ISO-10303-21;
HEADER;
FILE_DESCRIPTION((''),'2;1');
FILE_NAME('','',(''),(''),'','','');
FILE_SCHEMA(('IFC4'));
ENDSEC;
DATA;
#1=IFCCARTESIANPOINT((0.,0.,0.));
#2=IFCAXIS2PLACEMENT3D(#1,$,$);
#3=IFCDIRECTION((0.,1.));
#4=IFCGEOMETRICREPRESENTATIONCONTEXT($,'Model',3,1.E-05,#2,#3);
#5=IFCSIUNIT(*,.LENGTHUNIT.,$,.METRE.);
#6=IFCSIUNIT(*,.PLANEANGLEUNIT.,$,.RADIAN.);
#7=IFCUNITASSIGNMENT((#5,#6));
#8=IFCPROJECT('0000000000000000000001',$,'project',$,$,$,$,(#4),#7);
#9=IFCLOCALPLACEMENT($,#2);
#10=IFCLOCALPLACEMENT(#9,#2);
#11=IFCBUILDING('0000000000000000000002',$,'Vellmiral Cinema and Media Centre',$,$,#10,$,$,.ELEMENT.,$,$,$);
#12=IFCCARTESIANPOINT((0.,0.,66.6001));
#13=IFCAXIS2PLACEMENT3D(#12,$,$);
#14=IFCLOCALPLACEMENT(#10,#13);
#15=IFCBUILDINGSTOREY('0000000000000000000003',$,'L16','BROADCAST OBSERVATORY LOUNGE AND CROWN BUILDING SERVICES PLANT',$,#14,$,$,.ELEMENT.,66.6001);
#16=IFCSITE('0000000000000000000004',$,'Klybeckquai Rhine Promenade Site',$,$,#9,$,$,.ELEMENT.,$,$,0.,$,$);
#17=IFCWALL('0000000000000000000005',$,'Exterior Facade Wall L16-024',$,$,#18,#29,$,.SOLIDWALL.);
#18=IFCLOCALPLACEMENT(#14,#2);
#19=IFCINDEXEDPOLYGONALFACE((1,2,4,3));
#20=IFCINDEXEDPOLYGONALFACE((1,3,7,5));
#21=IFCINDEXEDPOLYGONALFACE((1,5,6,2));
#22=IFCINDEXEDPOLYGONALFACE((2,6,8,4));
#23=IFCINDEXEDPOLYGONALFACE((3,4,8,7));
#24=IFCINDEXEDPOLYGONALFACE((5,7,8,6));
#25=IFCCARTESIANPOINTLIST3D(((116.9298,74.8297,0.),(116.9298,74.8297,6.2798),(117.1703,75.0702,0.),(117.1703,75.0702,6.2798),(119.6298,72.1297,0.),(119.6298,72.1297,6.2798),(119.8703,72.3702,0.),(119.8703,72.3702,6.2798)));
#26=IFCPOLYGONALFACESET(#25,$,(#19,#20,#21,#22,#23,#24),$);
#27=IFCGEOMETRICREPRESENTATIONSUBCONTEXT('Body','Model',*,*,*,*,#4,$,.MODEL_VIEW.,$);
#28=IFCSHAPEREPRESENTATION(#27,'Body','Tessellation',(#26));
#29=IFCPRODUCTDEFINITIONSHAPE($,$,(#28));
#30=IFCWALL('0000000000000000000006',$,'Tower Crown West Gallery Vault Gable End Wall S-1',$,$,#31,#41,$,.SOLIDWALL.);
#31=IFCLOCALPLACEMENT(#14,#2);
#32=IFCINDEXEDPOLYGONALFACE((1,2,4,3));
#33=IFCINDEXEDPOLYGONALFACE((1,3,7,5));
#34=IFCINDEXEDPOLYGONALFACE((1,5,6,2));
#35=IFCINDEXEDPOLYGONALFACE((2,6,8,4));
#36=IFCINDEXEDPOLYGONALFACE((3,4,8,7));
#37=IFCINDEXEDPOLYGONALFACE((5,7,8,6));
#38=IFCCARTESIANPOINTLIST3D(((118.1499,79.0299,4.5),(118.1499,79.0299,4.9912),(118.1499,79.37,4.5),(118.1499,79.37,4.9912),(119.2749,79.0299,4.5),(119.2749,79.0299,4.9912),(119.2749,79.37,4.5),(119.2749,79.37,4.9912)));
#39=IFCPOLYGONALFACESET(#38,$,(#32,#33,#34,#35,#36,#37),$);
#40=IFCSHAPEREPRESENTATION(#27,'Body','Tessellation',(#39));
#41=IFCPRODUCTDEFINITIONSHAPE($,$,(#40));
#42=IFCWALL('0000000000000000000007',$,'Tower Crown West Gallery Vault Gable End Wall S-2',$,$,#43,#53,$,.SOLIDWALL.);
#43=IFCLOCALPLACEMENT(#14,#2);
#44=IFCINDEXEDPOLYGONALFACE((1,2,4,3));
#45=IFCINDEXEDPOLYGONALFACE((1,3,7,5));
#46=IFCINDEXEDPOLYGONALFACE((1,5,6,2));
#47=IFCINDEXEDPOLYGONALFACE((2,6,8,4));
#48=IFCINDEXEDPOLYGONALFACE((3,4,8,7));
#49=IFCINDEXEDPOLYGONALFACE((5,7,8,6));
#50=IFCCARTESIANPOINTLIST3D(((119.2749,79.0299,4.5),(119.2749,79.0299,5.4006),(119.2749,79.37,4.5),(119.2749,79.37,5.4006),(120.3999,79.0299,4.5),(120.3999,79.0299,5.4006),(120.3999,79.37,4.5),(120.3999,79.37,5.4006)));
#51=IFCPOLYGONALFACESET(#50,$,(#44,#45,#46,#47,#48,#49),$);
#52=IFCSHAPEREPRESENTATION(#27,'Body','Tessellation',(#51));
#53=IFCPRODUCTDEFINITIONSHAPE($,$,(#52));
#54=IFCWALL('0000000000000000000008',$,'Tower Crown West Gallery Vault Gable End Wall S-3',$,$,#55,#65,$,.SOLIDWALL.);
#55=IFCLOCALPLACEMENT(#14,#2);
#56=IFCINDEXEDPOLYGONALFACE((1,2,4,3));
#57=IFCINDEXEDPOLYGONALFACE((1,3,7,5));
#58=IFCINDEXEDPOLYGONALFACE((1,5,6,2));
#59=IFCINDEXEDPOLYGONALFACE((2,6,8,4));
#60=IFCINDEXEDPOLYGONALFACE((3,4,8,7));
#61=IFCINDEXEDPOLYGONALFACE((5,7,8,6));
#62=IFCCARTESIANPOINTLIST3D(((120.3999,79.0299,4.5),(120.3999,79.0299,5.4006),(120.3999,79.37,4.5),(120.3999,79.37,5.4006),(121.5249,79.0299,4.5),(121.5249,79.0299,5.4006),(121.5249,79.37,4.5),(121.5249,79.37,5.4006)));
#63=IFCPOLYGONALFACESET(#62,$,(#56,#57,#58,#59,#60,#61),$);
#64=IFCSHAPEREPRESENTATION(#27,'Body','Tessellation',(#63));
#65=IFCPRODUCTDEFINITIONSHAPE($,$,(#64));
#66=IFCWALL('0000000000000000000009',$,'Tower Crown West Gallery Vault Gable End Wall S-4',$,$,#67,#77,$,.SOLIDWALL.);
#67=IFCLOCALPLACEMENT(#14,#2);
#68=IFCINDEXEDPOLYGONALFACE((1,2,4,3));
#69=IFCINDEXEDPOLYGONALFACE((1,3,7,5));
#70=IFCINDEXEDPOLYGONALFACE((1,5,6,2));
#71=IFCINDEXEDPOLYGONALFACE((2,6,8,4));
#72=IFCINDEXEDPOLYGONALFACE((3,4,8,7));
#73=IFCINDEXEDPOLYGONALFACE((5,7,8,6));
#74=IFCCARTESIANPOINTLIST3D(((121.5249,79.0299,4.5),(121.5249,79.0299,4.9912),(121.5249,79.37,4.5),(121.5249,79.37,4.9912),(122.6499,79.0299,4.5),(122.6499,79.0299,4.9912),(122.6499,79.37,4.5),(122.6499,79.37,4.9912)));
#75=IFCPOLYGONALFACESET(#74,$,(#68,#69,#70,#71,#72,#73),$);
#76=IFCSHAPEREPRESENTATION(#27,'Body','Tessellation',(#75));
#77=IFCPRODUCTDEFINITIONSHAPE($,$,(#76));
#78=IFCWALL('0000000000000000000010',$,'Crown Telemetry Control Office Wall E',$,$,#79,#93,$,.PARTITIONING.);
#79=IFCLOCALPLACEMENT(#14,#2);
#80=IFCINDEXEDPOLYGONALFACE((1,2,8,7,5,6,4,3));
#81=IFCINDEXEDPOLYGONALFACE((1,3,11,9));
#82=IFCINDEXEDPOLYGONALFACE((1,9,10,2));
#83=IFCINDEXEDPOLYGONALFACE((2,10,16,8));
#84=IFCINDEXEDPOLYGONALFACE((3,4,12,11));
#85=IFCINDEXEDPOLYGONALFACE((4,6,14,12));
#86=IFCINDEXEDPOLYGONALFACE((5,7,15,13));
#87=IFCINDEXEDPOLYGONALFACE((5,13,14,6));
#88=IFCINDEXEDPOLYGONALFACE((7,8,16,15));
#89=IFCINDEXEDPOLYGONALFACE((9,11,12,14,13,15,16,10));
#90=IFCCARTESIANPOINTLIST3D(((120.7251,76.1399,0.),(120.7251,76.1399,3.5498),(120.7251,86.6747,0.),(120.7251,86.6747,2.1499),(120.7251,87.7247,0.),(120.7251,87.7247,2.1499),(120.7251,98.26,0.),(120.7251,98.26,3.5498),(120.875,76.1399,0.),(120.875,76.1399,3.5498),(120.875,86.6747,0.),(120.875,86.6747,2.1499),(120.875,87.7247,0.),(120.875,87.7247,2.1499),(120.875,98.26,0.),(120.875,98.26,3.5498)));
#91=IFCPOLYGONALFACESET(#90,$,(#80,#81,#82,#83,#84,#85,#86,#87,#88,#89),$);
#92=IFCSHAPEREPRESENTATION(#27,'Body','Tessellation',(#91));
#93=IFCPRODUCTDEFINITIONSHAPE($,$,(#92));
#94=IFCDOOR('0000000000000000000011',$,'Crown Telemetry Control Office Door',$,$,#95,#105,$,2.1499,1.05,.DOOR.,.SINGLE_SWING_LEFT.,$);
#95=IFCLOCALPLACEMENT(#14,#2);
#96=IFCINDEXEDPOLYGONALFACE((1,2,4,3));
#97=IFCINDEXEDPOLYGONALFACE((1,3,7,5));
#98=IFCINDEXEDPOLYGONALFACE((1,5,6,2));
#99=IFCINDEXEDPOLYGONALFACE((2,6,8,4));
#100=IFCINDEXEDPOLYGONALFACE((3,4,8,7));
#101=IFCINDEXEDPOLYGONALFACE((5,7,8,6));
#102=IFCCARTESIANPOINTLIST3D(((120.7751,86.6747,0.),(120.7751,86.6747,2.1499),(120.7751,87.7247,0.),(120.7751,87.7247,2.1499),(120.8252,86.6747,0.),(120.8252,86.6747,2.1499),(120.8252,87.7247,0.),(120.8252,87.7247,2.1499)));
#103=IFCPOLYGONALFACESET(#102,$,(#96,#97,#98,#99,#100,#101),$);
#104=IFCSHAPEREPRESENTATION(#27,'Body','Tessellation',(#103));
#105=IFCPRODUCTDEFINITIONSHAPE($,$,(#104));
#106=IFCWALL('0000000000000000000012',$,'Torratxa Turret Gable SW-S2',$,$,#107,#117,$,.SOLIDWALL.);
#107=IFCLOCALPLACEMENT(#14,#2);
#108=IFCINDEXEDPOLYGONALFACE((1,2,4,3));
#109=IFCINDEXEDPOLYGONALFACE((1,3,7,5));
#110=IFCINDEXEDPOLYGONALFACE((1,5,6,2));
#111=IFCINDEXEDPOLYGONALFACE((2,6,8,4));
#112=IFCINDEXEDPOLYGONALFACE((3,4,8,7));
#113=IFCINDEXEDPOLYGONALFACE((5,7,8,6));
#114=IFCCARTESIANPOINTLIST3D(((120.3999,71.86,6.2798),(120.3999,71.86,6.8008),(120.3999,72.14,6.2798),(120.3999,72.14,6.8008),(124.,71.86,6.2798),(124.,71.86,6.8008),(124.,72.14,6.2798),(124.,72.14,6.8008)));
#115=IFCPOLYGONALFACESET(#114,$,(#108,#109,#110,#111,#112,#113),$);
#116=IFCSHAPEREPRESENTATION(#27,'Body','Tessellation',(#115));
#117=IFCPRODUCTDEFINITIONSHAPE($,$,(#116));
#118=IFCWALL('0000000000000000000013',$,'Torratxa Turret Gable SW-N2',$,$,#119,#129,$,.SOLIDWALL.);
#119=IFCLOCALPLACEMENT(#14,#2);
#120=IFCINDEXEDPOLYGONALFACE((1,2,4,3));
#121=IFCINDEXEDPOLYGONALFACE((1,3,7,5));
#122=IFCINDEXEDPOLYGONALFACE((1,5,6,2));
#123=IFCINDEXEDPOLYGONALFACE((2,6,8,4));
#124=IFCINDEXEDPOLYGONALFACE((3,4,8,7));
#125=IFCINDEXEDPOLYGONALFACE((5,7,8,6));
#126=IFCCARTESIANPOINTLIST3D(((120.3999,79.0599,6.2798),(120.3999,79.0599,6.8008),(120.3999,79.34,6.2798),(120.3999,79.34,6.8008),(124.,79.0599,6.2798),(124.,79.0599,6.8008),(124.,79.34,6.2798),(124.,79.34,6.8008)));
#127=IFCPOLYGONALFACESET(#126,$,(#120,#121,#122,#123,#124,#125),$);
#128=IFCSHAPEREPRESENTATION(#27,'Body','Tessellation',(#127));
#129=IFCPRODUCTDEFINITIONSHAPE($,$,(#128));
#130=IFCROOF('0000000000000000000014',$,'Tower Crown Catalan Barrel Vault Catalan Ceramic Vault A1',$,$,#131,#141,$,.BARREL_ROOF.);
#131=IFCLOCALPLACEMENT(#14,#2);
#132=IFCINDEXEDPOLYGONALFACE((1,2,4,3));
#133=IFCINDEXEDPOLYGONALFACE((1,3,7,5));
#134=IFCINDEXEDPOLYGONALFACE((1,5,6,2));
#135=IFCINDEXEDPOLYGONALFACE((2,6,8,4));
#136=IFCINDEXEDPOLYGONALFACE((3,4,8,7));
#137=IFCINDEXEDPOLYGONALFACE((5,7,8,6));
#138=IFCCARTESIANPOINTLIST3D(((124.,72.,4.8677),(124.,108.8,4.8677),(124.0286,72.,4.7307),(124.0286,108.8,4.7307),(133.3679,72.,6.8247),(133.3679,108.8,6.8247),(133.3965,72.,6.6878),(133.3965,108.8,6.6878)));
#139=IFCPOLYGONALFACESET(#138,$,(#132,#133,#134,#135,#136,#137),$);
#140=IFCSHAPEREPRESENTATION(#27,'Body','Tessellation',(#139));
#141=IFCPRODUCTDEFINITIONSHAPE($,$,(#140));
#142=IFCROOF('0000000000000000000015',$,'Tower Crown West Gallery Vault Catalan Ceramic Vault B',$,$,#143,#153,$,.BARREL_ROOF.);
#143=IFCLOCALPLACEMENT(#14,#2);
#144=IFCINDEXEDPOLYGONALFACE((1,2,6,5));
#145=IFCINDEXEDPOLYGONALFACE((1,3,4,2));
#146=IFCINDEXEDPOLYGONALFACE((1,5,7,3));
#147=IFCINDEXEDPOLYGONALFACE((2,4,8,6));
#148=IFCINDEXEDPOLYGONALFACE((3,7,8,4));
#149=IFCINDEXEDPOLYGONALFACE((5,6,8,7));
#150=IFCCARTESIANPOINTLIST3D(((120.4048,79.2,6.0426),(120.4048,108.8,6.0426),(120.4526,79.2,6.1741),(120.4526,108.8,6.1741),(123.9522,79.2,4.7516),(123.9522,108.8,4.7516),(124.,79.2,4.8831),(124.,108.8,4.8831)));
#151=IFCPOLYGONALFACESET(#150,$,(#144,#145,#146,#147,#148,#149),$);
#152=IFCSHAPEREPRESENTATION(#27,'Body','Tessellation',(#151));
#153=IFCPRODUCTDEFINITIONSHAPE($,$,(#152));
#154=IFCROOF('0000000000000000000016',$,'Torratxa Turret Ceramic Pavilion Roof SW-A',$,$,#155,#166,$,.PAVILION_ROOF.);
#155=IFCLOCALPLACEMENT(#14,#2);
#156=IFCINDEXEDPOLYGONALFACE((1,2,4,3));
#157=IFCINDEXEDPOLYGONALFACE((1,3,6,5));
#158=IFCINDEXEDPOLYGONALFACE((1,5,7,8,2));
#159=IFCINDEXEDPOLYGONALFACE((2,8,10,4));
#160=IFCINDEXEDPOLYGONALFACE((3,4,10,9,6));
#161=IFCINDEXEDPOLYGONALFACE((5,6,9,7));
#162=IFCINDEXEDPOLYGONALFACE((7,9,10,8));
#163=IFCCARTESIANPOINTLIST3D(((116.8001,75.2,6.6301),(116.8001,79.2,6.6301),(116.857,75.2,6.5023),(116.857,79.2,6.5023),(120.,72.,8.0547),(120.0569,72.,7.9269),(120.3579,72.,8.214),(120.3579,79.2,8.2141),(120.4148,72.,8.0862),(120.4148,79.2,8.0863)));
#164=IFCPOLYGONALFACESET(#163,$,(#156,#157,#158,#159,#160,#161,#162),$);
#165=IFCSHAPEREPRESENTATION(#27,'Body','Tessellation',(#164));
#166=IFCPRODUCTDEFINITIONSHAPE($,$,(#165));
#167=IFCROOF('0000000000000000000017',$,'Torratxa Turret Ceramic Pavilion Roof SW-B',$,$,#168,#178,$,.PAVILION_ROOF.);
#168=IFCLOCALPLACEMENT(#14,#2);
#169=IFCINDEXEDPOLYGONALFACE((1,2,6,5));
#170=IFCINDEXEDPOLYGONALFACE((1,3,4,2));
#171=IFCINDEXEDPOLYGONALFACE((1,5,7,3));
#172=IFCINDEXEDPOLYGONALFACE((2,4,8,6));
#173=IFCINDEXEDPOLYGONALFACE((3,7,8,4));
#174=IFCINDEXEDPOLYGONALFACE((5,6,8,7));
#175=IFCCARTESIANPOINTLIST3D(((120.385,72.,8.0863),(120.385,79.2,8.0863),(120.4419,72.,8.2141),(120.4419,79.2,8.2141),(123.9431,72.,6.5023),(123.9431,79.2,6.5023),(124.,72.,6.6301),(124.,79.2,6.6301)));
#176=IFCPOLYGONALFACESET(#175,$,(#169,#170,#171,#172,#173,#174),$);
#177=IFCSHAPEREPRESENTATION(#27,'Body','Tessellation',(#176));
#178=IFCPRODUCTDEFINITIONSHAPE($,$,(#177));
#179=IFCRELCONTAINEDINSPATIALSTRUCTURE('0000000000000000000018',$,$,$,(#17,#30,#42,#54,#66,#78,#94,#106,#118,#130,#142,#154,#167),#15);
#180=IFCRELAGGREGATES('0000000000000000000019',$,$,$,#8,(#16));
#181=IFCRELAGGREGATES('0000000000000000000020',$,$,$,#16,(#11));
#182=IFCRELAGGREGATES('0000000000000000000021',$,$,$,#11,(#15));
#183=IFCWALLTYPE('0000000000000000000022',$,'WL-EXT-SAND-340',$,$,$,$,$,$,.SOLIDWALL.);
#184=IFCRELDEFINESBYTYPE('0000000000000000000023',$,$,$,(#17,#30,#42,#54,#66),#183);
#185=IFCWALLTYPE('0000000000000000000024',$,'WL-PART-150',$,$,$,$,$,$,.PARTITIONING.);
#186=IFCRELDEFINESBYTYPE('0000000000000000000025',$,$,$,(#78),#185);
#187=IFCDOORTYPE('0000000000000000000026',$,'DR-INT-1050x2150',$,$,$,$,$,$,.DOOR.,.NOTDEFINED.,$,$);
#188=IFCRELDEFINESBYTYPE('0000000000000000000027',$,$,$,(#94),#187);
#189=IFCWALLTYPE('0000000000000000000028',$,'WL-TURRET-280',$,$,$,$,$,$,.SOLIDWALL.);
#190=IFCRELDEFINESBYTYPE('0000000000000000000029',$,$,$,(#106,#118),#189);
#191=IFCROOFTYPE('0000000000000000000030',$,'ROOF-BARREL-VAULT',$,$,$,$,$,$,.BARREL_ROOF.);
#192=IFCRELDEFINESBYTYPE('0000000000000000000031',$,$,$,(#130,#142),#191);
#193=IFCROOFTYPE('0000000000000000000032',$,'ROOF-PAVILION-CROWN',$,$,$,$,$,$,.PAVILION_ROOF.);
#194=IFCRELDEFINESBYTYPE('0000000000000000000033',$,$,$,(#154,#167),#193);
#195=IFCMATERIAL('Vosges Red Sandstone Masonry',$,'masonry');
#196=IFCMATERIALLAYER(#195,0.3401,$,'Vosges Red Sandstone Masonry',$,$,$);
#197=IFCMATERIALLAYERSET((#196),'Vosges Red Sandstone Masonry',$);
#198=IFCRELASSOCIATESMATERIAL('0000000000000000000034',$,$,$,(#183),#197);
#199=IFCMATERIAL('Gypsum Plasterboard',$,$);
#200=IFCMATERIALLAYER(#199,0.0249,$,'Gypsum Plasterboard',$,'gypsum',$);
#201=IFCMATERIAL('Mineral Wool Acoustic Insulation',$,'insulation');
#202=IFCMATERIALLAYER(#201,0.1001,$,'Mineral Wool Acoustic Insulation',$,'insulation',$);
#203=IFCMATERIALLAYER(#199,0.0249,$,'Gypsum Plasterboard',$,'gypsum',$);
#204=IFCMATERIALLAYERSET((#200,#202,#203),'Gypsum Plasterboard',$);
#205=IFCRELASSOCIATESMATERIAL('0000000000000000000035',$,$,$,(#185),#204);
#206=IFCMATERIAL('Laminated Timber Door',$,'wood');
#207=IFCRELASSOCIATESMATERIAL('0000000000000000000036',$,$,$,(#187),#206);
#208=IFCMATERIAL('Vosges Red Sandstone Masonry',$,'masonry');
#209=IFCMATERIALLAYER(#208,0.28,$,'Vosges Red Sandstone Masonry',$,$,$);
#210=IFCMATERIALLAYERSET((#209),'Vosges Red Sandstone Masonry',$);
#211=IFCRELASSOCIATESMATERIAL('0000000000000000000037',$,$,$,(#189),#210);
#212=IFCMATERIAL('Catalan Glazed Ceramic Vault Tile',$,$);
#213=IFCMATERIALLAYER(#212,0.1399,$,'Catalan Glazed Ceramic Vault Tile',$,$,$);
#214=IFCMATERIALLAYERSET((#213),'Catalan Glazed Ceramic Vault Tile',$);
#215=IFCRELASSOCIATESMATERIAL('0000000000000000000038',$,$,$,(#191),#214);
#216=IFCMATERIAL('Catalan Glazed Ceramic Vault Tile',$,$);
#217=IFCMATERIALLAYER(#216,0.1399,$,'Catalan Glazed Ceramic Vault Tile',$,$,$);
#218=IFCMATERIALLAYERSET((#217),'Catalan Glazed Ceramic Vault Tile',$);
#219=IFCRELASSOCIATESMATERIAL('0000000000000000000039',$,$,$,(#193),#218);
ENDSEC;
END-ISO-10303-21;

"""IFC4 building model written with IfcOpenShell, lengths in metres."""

from ifc_helpers import new_model, si_unit, direction, frame, frame_2d, origin, place, context, subcontext, project, spatial, polyline, rectangle, outline, extrude, material, layer, layer_set, type_object, element, fill, save


model = new_model("IFC4")

# Units and contexts
model_context = context("Model", 3, precision=1e-05, world=origin(), true_north=direction((0.0, 1.0)))
body_context = subcontext(model_context, "Body", "Model", "MODEL_VIEW")
ifc_project = project(units=[si_unit("LENGTHUNIT", "METRE"), si_unit("PLANEANGLEUNIT", "RADIAN")], contexts=[model_context])

# Site, building, storey
site_placement = place(None, origin())
site = spatial("IfcSite", under=ifc_project, at=site_placement, Name="Klybeckquai Rhine Promenade Site", CompositionType="ELEMENT", RefElevation=0.0)
building_placement = place(site_placement, origin())
building = spatial("IfcBuilding", under=site, at=building_placement, Name="Vellmiral Cinema and Media Centre", CompositionType="ELEMENT")
storey_placement = place(building_placement, frame((0.0, 0.0, 66.6001)))
storey = spatial("IfcBuildingStorey", under=building, at=storey_placement, Name="L16", Description="BROADCAST OBSERVATORY LOUNGE AND CROWN BUILDING SERVICES PLANT", CompositionType="ELEMENT", Elevation=66.6001)

# Walls
ifc_material_1 = material(Name="Vosges Red Sandstone Masonry", Category="masonry")
ifc_layer_1 = layer(ifc_material_1, 0.3401, Name="Vosges Red Sandstone Masonry")
ifc_layer_set_1 = layer_set([ifc_layer_1], Name="Vosges Red Sandstone Masonry")
wall_type_1 = type_object("IfcWallType", Name="WL-EXT-SAND-340", PredefinedType="SOLIDWALL", material=ifc_layer_set_1)
wall_1_placement = place(storey_placement, frame((117.05, 74.95, 0.0), z_axis=(0.0, 0.0, 1.0), x_axis=(0.707107, -0.707107, 0.0)))
element("IfcWall", 1, at=wall_1_placement, inside=storey, type_object=wall_type_1, Name="Exterior Facade Wall L16-024", PredefinedType="SOLIDWALL", context=body_context, shape_type="SweptSolid", body=[
    extrude(rectangle(XDim=3.8184, YDim=0.3401, at=frame_2d((1.9092, 0.0))), origin(), (0.0, 0.0, 1.0), 6.2798),
])
wall_2_placement = place(storey_placement, frame((118.1499, 79.2, 4.5), z_axis=(0.0, 0.0, 1.0), x_axis=(1.0, 0.0, 0.0)))
element("IfcWall", 2, at=wall_2_placement, inside=storey, type_object=wall_type_1, Name="Tower Crown West Gallery Vault Gable End Wall S-1", PredefinedType="SOLIDWALL", context=body_context, shape_type="SweptSolid", body=[
    extrude(rectangle(XDim=1.125, YDim=0.3401, at=frame_2d((0.5625, 0.0))), origin(), (0.0, 0.0, 1.0), 0.4912),
])
for number, where, z_axis, x_axis, name in (
    (3, (119.2749, 79.2, 4.5), (0.0, 0.0, 1.0), (1.0, 0.0, 0.0), "Tower Crown West Gallery Vault Gable End Wall S-2"),
    (4, (120.3999, 79.2, 4.5), (0.0, 0.0, 1.0), (1.0, 0.0, 0.0), "Tower Crown West Gallery Vault Gable End Wall S-3"),
):
    element("IfcWall", number, at=place(storey_placement, frame(where, z_axis=z_axis, x_axis=x_axis)), inside=storey, type_object=wall_type_1, Name=name, PredefinedType="SOLIDWALL", context=body_context, shape_type="SweptSolid", body=[
        extrude(rectangle(XDim=1.125, YDim=0.3401, at=frame_2d((0.5625, 0.0))), origin(), (0.0, 0.0, 1.0), 0.9006),
    ])
wall_3_placement = place(storey_placement, frame((121.5249, 79.2, 4.5), z_axis=(0.0, 0.0, 1.0), x_axis=(1.0, 0.0, 0.0)))
element("IfcWall", 5, at=wall_3_placement, inside=storey, type_object=wall_type_1, Name="Tower Crown West Gallery Vault Gable End Wall S-4", PredefinedType="SOLIDWALL", context=body_context, shape_type="SweptSolid", body=[
    extrude(rectangle(XDim=1.125, YDim=0.3401, at=frame_2d((0.5625, 0.0))), origin(), (0.0, 0.0, 1.0), 0.4912),
])

# Wall, opening, door
ifc_material_2 = material(Name="Gypsum Plasterboard")
ifc_layer_2 = layer(ifc_material_2, 0.0249, Name="Gypsum Plasterboard", Category="gypsum")
ifc_material_3 = material(Name="Mineral Wool Acoustic Insulation", Category="insulation")
ifc_layer_3 = layer(ifc_material_3, 0.1001, Name="Mineral Wool Acoustic Insulation", Category="insulation")
ifc_layer_4 = layer(ifc_material_2, 0.0249, Name="Gypsum Plasterboard", Category="gypsum")
ifc_layer_set_2 = layer_set([ifc_layer_2, ifc_layer_3, ifc_layer_4], Name="Gypsum Plasterboard")
wall_type_2 = type_object("IfcWallType", Name="WL-PART-150", PredefinedType="PARTITIONING", material=ifc_layer_set_2)
wall_4_placement = place(storey_placement, frame((120.8, 76.1399, 0.0), z_axis=(0.0, 0.0, 1.0), x_axis=(0.0, 1.0, 0.0)))
wall_4 = element("IfcWall", 6, at=wall_4_placement, inside=storey, type_object=wall_type_2, Name="Crown Telemetry Control Office Wall E", PredefinedType="PARTITIONING", context=body_context, shape_type="SweptSolid", body=[
    extrude(rectangle(XDim=22.1201, YDim=0.1499, at=frame_2d((11.0601, 0.0))), origin(), (0.0, 0.0, 1.0), 3.5498),
])
opening_placement = place(wall_4_placement, frame((10.5349, 0.0, 0.0)))
opening = element("IfcOpeningElement", 7, at=opening_placement, cuts=wall_4, PredefinedType="OPENING", context=body_context, shape_type="SweptSolid", body=[
    extrude(rectangle(XDim=1.05, YDim=2.1499, at=frame_2d((0.5249, 1.075))), frame((0.0, 0.0869, 0.0), z_axis=(0.0, -1.0, 0.0), x_axis=(1.0, 0.0, 0.0)), (0.0, 0.0, 1.0), 0.1738),
])
ifc_material_4 = material(Name="Laminated Timber Door", Category="wood")
door_type = type_object("IfcDoorType", Name="DR-INT-1050x2150", OperationType="NOTDEFINED", PredefinedType="DOOR", material=ifc_material_4)
door_placement = place(opening_placement, origin())
door = element("IfcDoor", 8, at=door_placement, inside=storey, type_object=door_type, Name="Crown Telemetry Control Office Door", OperationType="SINGLE_SWING_LEFT", OverallHeight=2.1499, OverallWidth=1.05, PredefinedType="DOOR", context=body_context, shape_type="SweptSolid", body=[
    extrude(rectangle(XDim=1.05, YDim=2.1499, at=frame_2d((0.5249, 1.075))), frame((0.0, 0.0249, 0.0), z_axis=(0.0, -1.0, 0.0), x_axis=(1.0, 0.0, 0.0)), (0.0, 0.0, 1.0), 0.05),
])
fill(opening, door)

# Walls
ifc_material_5 = material(Name="Vosges Red Sandstone Masonry", Category="masonry")
ifc_layer_5 = layer(ifc_material_5, 0.28, Name="Vosges Red Sandstone Masonry")
ifc_layer_set_3 = layer_set([ifc_layer_5], Name="Vosges Red Sandstone Masonry")
wall_type_3 = type_object("IfcWallType", Name="WL-TURRET-280", PredefinedType="SOLIDWALL", material=ifc_layer_set_3)
for number, where, z_axis, x_axis, name in (
    (9, (120.3999, 72.0, 6.2798), (0.0, 0.0, 1.0), (1.0, 0.0, 0.0), "Torratxa Turret Gable SW-S2"),
    (10, (120.3999, 79.2, 6.2798), (0.0, 0.0, 1.0), (1.0, 0.0, 0.0), "Torratxa Turret Gable SW-N2"),
):
    element("IfcWall", number, at=place(storey_placement, frame(where, z_axis=z_axis, x_axis=x_axis)), inside=storey, type_object=wall_type_3, Name=name, PredefinedType="SOLIDWALL", context=body_context, shape_type="SweptSolid", body=[
        extrude(rectangle(XDim=3.6001, YDim=0.28, at=frame_2d((1.8, 0.0))), origin(), (0.0, 0.0, 1.0), 0.521),
    ])

# Roofs
ifc_material_6 = material(Name="Catalan Glazed Ceramic Vault Tile")
ifc_layer_6 = layer(ifc_material_6, 0.1399, Name="Catalan Glazed Ceramic Vault Tile")
ifc_layer_set_4 = layer_set([ifc_layer_6], Name="Catalan Glazed Ceramic Vault Tile")
roof_type_1 = type_object("IfcRoofType", Name="ROOF-BARREL-VAULT", PredefinedType="BARREL_ROOF", material=ifc_layer_set_4)
roof_1_placement = place(storey_placement, frame((124.0, 72.0, 4.8677), z_axis=(-0.204493, 0.0, 0.978868), x_axis=(0.978868, 0.0, 0.204493)))
element("IfcRoof", 11, at=roof_1_placement, inside=storey, type_object=roof_type_1, Name="Tower Crown Catalan Barrel Vault Catalan Ceramic Vault A1", PredefinedType="BARREL_ROOF", context=body_context, shape_type="SweptSolid", body=[
    extrude(outline(polyline([(0.0, 0.0), (9.5702, 0.0), (9.5702, 36.8), (0.0, 36.8), (0.0, 0.0)])), origin(), (0.0, 0.0, -1.0), 0.1399),
])
roof_2_placement = place(storey_placement, frame((120.4526, 79.2, 6.1741), z_axis=(0.341992, 0.0, 0.939703), x_axis=(0.939703, 0.0, -0.341992)))
element("IfcRoof", 12, at=roof_2_placement, inside=storey, type_object=roof_type_1, Name="Tower Crown West Gallery Vault Catalan Ceramic Vault B", PredefinedType="BARREL_ROOF", context=body_context, shape_type="SweptSolid", body=[
    extrude(outline(polyline([(0.0, 0.0), (3.775, 0.0), (3.775, 29.6001), (0.0, 29.6001), (0.0, 0.0)])), origin(), (0.0, 0.0, -1.0), 0.1399),
])
ifc_material_7 = material(Name="Catalan Glazed Ceramic Vault Tile")
ifc_layer_7 = layer(ifc_material_7, 0.1399, Name="Catalan Glazed Ceramic Vault Tile")
ifc_layer_set_5 = layer_set([ifc_layer_7], Name="Catalan Glazed Ceramic Vault Tile")
roof_type_2 = type_object("IfcRoofType", Name="ROOF-PAVILION-CROWN", PredefinedType="PAVILION_ROOF", material=ifc_layer_set_5)
roof_3_placement = place(storey_placement, frame((120.0, 72.0, 8.0547), z_axis=(-0.406725, -0.000006, 0.913551), x_axis=(0.913551, 0.0, 0.406725)))
element("IfcRoof", 13, at=roof_3_placement, inside=storey, type_object=roof_type_2, Name="Torratxa Turret Ceramic Pavilion Roof SW-A", PredefinedType="PAVILION_ROOF", context=body_context, shape_type="SweptSolid", body=[
    extrude(outline(polyline([(0.0, 0.0), (0.3918, 0.0), (0.3918, 7.2), (-3.5027, 7.2), (-3.5027, 3.2), (0.0, 0.0)])), origin(), (0.0, 0.0, -1.0), 0.1399),
])
roof_4_placement = place(storey_placement, frame((120.4419, 72.0, 8.2141), z_axis=(0.406697, 0.0, 0.913563), x_axis=(0.913563, 0.0, -0.406697)))
element("IfcRoof", 14, at=roof_4_placement, inside=storey, type_object=roof_type_2, Name="Torratxa Turret Ceramic Pavilion Roof SW-B", PredefinedType="PAVILION_ROOF", context=body_context, shape_type="SweptSolid", body=[
    extrude(outline(polyline([(0.0, 0.0), (3.8948, 0.0), (3.8948, 7.2), (0.0, 7.2), (0.0, 0.0)])), origin(), (0.0, 0.0, -1.0), 0.1399),
])

save(model, "model.ifc")
